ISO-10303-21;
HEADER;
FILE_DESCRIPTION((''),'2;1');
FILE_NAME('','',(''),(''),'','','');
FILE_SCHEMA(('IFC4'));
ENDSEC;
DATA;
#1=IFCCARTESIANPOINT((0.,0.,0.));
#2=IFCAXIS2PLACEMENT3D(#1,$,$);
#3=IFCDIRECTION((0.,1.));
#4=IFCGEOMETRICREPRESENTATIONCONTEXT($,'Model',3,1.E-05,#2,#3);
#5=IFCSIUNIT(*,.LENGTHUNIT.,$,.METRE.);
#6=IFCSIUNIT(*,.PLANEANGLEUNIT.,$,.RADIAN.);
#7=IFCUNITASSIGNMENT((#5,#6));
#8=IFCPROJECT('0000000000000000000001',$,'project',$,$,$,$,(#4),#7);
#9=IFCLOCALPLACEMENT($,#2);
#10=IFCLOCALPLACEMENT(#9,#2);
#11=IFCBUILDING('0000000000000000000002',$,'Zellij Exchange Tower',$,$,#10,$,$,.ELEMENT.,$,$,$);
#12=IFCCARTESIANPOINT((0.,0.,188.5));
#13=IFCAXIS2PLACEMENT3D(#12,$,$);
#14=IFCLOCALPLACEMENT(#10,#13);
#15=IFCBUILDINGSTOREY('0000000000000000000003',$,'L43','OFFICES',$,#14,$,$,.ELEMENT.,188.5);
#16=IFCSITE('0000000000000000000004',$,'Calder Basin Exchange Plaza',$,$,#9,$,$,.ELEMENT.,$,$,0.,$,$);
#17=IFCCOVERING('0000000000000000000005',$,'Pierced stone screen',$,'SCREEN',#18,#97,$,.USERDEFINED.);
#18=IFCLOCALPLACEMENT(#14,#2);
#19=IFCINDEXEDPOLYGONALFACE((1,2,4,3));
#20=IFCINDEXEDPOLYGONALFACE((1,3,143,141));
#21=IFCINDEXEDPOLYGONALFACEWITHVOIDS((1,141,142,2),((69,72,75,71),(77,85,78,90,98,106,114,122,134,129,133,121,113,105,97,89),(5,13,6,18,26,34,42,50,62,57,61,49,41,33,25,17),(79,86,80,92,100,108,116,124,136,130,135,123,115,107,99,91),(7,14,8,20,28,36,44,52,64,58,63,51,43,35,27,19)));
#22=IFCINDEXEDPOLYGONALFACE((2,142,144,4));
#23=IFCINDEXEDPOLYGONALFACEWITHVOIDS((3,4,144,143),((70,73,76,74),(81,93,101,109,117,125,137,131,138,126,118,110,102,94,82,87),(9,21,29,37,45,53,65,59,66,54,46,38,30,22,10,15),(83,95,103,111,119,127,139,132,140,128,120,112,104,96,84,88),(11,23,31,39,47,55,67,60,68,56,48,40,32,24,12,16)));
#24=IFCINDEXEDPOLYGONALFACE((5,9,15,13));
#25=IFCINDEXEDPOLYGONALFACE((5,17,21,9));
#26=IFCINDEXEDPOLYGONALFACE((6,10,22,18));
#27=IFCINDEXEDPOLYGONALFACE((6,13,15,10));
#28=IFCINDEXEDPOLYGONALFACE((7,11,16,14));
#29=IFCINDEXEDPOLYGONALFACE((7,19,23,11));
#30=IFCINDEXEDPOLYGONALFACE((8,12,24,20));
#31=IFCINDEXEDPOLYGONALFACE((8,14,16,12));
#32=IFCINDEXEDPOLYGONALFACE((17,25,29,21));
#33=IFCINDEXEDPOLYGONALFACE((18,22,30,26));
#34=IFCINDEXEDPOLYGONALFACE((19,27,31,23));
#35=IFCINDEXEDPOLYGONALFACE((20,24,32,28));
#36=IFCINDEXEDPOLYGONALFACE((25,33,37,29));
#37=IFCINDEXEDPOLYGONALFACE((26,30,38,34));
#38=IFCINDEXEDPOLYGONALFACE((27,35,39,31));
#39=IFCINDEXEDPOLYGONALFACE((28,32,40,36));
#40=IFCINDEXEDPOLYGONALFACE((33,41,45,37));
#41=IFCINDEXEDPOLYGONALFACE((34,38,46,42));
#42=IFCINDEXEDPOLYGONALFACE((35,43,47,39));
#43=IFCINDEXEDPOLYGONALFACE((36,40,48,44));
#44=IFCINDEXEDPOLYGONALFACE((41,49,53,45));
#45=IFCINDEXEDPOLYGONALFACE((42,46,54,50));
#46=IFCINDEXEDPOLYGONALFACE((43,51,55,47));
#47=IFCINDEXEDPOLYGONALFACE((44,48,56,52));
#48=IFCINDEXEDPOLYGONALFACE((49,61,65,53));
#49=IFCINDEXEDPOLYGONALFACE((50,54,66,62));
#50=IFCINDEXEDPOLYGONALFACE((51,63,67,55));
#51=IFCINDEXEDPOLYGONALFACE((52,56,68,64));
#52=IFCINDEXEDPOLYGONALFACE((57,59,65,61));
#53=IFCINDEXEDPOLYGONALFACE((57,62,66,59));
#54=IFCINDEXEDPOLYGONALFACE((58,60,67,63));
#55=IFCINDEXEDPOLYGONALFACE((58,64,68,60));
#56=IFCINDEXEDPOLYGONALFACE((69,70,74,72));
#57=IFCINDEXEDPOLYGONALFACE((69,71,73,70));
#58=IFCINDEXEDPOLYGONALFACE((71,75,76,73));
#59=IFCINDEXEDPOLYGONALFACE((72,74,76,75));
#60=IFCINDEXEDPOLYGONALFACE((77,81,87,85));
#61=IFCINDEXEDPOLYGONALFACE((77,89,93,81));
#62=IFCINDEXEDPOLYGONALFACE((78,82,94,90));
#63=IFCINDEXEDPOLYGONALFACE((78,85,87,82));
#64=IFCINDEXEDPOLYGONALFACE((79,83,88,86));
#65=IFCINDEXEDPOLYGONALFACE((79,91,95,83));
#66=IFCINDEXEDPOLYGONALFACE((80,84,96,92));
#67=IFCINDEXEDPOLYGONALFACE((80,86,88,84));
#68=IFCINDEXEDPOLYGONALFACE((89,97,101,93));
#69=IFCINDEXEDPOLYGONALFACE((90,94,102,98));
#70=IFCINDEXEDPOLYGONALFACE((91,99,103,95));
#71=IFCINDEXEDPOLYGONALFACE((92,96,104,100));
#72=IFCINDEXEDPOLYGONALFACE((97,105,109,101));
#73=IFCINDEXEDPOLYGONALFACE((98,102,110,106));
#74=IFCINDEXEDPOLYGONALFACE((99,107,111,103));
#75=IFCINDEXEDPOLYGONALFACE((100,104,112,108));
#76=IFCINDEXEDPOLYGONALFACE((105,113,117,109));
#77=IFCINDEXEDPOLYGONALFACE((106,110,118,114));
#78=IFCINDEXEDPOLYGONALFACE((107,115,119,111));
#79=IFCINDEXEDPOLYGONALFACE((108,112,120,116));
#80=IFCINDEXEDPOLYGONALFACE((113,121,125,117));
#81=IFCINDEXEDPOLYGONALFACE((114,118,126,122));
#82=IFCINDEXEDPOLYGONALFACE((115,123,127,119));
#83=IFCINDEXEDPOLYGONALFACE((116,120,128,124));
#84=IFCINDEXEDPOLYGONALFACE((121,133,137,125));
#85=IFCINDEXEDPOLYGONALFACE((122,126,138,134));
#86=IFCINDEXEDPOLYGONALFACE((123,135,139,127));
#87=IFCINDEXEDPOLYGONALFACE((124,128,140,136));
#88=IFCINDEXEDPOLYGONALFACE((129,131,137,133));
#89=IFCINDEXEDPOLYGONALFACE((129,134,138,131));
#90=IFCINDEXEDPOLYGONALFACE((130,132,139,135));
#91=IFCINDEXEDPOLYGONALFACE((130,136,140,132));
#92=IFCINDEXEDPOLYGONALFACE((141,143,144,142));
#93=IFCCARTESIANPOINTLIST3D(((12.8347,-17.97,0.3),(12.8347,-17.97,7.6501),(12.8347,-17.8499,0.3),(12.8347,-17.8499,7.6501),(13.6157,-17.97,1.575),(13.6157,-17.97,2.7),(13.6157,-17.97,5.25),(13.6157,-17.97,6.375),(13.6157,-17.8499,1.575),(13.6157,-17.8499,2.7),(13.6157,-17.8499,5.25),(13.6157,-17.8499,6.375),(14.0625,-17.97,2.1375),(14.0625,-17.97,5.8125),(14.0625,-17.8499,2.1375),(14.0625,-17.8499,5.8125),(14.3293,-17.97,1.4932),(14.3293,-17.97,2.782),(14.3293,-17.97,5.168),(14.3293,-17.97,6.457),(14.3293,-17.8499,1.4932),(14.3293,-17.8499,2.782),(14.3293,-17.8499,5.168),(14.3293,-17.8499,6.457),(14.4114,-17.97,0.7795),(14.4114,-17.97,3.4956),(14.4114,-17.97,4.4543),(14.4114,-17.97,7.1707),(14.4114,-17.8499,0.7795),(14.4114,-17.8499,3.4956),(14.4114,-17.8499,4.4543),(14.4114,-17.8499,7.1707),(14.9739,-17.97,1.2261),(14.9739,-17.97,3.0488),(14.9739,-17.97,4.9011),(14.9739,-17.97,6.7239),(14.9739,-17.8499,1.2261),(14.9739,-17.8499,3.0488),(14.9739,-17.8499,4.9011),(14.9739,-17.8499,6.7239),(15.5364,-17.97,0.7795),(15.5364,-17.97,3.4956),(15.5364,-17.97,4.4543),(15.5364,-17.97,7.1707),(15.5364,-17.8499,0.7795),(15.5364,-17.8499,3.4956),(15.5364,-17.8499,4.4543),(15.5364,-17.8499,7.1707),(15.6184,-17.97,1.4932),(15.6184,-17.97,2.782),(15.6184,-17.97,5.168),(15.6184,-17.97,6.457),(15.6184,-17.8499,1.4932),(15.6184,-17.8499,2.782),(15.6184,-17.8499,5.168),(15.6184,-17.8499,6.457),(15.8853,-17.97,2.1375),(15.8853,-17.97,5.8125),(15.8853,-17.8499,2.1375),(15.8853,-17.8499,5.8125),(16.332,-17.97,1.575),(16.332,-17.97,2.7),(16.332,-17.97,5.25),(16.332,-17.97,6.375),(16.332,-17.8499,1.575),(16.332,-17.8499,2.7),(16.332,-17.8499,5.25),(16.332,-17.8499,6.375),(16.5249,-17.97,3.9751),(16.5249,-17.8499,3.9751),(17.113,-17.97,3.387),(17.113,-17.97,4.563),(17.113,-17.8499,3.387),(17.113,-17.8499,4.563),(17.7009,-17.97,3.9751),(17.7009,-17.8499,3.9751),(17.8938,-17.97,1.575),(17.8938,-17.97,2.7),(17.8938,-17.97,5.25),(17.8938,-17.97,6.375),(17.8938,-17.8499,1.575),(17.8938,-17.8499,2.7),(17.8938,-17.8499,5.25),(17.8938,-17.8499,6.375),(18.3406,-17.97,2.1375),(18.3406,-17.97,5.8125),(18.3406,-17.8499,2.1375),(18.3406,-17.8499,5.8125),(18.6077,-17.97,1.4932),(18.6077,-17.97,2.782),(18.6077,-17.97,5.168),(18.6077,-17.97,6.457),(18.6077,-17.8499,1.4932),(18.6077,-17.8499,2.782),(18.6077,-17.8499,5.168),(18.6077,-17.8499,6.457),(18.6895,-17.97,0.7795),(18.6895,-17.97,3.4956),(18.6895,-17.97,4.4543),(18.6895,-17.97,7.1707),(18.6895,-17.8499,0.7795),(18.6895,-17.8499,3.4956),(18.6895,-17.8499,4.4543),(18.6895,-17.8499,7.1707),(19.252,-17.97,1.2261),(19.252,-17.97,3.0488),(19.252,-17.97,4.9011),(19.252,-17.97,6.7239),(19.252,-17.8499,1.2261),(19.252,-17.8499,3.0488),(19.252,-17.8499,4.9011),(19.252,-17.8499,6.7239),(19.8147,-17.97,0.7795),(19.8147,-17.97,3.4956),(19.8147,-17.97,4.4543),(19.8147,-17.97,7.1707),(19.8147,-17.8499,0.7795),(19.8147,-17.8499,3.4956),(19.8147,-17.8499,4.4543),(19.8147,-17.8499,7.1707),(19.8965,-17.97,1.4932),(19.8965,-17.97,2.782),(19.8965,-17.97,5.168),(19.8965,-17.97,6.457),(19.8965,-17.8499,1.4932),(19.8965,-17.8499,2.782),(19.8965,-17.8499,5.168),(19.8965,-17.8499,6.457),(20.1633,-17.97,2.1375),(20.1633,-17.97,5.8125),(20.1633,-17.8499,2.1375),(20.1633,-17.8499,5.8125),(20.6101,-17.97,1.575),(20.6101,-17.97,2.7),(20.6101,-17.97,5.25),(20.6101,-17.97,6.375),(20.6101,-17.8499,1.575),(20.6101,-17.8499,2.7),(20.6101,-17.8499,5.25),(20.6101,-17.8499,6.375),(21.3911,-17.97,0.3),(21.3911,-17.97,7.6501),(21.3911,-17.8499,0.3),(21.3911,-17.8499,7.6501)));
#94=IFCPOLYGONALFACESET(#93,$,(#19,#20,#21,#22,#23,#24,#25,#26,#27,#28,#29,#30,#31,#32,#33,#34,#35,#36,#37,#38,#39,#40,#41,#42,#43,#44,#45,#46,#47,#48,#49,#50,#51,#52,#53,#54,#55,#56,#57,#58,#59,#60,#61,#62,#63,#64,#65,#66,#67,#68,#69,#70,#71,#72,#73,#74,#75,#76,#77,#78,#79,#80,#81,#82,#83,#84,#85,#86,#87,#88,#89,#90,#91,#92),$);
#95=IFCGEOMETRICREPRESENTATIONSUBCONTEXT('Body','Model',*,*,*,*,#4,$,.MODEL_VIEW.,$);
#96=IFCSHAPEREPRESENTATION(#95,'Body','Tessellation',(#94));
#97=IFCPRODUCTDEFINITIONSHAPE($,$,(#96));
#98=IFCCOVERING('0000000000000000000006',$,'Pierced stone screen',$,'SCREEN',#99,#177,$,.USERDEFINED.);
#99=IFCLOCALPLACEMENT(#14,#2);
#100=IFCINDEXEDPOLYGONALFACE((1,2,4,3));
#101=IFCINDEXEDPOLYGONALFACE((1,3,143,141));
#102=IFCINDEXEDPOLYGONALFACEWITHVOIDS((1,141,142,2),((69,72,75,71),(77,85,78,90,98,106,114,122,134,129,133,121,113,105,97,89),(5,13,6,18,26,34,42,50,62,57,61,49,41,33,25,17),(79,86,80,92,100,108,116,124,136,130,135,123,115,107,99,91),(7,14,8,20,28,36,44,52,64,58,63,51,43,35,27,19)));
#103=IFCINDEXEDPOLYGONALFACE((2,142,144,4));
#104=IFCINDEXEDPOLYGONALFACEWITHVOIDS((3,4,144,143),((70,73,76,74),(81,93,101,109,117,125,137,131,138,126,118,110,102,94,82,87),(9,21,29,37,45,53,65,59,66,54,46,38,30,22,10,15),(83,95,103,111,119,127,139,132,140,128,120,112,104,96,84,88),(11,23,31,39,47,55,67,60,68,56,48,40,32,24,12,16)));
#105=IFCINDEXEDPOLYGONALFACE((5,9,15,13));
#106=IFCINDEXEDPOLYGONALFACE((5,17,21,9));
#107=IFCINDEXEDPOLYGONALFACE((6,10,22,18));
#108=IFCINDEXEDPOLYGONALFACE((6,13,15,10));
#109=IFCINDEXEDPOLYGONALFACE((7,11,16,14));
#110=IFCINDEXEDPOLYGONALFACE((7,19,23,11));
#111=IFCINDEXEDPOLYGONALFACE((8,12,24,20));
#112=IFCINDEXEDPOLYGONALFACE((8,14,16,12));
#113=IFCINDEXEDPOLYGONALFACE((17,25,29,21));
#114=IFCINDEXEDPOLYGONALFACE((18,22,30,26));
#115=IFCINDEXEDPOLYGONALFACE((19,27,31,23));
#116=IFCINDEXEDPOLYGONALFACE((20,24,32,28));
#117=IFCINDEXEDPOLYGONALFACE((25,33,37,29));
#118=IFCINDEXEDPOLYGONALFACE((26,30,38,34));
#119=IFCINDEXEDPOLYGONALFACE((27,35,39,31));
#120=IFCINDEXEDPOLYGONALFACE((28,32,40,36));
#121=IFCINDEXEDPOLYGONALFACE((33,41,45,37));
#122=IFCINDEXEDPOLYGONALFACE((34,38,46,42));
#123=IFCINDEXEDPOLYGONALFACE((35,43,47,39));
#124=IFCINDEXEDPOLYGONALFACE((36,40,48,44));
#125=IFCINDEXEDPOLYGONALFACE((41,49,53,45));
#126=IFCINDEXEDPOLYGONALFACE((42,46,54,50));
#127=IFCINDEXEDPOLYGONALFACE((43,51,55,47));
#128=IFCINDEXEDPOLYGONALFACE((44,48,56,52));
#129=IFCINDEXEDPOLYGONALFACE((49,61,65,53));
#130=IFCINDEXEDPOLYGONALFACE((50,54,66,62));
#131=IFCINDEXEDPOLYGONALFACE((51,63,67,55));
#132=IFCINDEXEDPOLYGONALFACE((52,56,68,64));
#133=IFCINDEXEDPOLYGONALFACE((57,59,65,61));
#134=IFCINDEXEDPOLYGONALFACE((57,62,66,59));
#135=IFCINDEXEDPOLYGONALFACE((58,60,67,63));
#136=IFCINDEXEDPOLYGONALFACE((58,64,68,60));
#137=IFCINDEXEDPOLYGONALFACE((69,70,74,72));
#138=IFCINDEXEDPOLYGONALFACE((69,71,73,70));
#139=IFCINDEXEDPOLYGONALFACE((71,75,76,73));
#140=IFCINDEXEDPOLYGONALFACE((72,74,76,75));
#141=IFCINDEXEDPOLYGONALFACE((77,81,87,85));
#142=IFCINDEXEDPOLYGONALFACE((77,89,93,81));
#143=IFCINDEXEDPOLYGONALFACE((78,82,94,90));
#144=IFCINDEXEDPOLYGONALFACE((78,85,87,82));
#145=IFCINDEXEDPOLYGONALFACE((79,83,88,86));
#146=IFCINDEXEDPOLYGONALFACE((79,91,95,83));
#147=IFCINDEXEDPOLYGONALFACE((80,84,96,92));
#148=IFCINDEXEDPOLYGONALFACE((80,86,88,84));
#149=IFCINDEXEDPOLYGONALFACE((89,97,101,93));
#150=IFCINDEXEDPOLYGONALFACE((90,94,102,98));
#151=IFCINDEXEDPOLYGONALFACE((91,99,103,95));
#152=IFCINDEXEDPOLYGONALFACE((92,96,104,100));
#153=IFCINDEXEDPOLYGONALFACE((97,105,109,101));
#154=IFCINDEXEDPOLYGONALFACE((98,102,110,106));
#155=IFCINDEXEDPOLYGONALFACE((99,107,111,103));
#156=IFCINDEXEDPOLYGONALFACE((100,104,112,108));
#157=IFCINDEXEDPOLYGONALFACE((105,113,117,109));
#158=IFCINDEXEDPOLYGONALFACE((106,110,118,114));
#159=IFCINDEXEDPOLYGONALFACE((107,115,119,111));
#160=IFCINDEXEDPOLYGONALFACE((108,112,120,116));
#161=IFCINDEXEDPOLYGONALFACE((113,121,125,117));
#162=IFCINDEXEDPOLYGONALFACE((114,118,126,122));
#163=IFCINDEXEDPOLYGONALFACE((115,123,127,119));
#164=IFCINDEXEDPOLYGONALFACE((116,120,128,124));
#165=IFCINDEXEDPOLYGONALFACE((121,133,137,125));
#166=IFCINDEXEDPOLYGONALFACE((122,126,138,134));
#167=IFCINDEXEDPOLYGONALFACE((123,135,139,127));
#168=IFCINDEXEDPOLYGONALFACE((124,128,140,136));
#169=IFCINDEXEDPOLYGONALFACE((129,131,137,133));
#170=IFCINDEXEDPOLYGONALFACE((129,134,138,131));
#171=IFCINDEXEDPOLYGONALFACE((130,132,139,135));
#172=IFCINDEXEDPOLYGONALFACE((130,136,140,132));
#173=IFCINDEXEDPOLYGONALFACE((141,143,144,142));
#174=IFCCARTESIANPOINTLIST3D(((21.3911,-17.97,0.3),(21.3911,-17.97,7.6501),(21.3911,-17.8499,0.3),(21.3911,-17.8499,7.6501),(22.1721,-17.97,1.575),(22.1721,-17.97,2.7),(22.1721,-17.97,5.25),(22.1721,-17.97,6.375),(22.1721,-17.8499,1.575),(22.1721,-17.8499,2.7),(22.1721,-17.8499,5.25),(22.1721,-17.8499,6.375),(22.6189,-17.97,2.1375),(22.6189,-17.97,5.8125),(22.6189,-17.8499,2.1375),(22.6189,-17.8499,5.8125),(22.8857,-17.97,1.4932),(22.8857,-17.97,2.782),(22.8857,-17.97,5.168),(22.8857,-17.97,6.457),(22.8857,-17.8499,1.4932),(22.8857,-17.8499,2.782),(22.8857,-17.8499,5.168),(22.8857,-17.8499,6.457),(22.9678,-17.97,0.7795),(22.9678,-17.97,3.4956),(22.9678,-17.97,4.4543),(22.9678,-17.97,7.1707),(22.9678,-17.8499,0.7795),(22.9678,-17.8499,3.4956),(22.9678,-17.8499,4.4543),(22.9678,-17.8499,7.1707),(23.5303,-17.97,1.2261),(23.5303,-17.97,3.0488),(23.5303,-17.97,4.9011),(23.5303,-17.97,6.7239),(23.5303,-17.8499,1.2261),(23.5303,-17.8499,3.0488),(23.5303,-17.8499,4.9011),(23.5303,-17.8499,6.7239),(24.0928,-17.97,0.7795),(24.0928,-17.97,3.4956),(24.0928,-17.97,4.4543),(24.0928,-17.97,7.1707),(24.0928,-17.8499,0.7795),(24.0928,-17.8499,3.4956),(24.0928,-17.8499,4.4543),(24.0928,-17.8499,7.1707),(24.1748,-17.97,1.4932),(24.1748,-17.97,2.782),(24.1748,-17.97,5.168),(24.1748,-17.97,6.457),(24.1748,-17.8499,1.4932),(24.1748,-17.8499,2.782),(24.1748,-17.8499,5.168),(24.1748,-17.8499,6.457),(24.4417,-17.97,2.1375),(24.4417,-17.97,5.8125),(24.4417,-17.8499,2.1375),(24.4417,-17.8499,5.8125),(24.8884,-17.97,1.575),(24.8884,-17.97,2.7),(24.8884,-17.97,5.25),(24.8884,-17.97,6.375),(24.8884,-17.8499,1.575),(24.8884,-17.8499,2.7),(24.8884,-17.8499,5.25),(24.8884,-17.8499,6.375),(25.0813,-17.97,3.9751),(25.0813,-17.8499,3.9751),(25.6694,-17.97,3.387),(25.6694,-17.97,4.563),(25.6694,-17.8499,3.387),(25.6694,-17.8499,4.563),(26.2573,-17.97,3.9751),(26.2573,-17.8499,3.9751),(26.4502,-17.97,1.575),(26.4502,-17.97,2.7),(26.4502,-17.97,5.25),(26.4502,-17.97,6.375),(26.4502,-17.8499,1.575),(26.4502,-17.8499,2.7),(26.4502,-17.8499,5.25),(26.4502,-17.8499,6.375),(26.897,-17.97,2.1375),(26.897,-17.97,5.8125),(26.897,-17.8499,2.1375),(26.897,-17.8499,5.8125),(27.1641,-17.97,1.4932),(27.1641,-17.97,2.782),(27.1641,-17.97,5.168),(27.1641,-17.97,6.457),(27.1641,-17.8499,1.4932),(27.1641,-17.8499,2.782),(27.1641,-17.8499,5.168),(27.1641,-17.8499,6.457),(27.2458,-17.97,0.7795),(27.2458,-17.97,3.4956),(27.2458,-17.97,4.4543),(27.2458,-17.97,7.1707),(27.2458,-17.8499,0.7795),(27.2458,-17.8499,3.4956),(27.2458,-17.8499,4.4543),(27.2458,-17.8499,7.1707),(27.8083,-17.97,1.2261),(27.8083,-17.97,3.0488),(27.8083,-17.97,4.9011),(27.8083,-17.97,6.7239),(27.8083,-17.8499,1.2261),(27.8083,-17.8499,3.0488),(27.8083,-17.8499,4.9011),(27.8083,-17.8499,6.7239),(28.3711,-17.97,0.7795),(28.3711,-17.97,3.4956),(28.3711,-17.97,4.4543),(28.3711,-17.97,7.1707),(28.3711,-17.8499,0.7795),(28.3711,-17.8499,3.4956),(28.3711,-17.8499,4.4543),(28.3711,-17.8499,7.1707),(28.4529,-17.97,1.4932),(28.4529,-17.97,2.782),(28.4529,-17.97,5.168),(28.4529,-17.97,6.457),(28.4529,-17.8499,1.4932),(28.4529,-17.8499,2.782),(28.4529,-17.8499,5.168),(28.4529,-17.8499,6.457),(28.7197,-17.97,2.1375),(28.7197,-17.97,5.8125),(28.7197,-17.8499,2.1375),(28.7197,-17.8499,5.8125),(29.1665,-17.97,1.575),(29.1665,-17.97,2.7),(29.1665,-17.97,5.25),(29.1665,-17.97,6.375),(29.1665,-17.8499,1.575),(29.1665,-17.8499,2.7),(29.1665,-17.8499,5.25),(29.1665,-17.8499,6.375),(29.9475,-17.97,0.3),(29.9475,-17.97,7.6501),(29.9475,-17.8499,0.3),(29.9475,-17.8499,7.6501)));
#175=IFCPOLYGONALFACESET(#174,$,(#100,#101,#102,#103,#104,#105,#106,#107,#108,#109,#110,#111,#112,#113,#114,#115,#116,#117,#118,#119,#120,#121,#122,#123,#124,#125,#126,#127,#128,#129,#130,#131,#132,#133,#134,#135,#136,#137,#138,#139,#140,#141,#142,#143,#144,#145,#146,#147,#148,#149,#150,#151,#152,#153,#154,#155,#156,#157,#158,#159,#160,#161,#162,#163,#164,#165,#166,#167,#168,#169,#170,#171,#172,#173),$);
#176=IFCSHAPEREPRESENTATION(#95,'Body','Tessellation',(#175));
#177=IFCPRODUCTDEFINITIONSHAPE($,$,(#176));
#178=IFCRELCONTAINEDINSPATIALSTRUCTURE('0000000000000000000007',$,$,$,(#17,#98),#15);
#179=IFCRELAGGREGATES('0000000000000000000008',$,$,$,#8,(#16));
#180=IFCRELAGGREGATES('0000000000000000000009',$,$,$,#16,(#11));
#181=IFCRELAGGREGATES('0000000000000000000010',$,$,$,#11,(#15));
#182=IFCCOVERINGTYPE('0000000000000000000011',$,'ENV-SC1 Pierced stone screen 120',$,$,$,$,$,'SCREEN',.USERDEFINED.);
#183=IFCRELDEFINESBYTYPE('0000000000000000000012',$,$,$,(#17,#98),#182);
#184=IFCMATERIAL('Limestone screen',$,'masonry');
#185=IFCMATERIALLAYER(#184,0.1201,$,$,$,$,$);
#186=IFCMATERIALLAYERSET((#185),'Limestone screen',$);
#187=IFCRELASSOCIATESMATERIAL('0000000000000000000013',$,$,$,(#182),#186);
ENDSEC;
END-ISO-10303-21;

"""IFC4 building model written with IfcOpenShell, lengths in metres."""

from ifc_helpers import new_model, si_unit, direction, frame, origin, place, context, subcontext, project, spatial, polyline, outline, extrude, material, layer, layer_set, type_object, element, save


model = new_model("IFC4")

# Units and contexts
model_context = context("Model", 3, precision=1e-05, world=origin(), true_north=direction((0.0, 1.0)))
body_context = subcontext(model_context, "Body", "Model", "MODEL_VIEW")
ifc_project = project(units=[si_unit("LENGTHUNIT", "METRE"), si_unit("PLANEANGLEUNIT", "RADIAN")], contexts=[model_context])

# Site, building, storey
site_placement = place(None, origin())
site = spatial("IfcSite", under=ifc_project, at=site_placement, Name="Calder Basin Exchange Plaza", CompositionType="ELEMENT", RefElevation=0.0)
building_placement = place(site_placement, origin())
building = spatial("IfcBuilding", under=site, at=building_placement, Name="Zellij Exchange Tower", CompositionType="ELEMENT")
storey_placement = place(building_placement, frame((0.0, 0.0, 188.5)))
storey = spatial("IfcBuildingStorey", under=building, at=storey_placement, Name="L43", Description="OFFICES", CompositionType="ELEMENT", Elevation=188.5)

# Coverings
ifc_material_1 = material(Name="Limestone screen", Category="masonry")
ifc_layer_1 = layer(ifc_material_1, 0.1201)
ifc_layer_set_1 = layer_set([ifc_layer_1], Name="Limestone screen")
covering_type = type_object("IfcCoveringType", Name="ENV-SC1 Pierced stone screen 120", ElementType="SCREEN", PredefinedType="USERDEFINED", material=ifc_layer_set_1)
covering_1_placement = place(storey_placement, frame((12.8347, -17.9099, 0.3), z_axis=(0.0, 0.0, 1.0), x_axis=(1.0, 0.0, 0.0)))
element("IfcCovering", 1, at=covering_1_placement, inside=storey, type_object=covering_type, Name="Pierced stone screen", ObjectType="SCREEN", PredefinedType="USERDEFINED", context=body_context, shape_type="SweptSolid", body=[
    extrude(outline(polyline([(0.0, 0.0), (8.5564, 0.0), (8.5564, 7.3501), (0.0, 7.3501), (0.0, 0.0)]), holes=[polyline([(3.4973, 2.3999), (2.7837, 2.4819), (2.7017, 3.1956), (2.1392, 2.7488), (1.5767, 3.1956), (1.4946, 2.4819), (0.781, 2.3999), (1.2278, 1.8374), (0.781, 1.2749), (1.4946, 1.1931), (1.5767, 0.4795), (2.1392, 0.926), (2.7017, 0.4795), (2.7837, 1.1931), (3.4973, 1.2749), (3.0505, 1.8374), (3.4973, 2.3999)]), polyline([(3.4973, 6.075), (2.7837, 6.157), (2.7017, 6.8706), (2.1392, 6.4238), (1.5767, 6.8706), (1.4946, 6.157), (0.781, 6.075), (1.2278, 5.5125), (0.781, 4.95), (1.4946, 4.8679), (1.5767, 4.1543), (2.1392, 4.6011), (2.7017, 4.1543), (2.7837, 4.8679), (3.4973, 4.95), (3.0505, 5.5125), (3.4973, 6.075)]), polyline([(7.7754, 2.3999), (7.0618, 2.4819), (6.98, 3.1956), (6.4172, 2.7488), (5.8547, 3.1956), (5.7729, 2.4819), (5.0591, 2.3999), (5.5059, 1.8374), (5.0591, 1.2749), (5.7729, 1.1931), (5.8547, 0.4795), (6.4172, 0.926), (6.98, 0.4795), (7.0618, 1.1931), (7.7754, 1.2749), (7.3286, 1.8374), (7.7754, 2.3999)]), polyline([(7.7754, 6.075), (7.0618, 6.157), (6.98, 6.8706), (6.4172, 6.4238), (5.8547, 6.8706), (5.7729, 6.157), (5.0591, 6.075), (5.5059, 5.5125), (5.0591, 4.95), (5.7729, 4.8679), (5.8547, 4.1543), (6.4172, 4.6011), (6.98, 4.1543), (7.0618, 4.8679), (7.7754, 4.95), (7.3286, 5.5125), (7.7754, 6.075)]), polyline([(4.8662, 3.675), (4.2783, 4.2629), (3.6902, 3.675), (4.2783, 3.0869), (4.8662, 3.675)])]), frame((0.0, 0.0601, 0.0), z_axis=(0.0, -1.0, 0.0), x_axis=(1.0, 0.0, 0.0)), (0.0, 0.0, 1.0), 0.1201),
])
covering_2_placement = place(storey_placement, frame((21.3911, -17.9099, 0.3), z_axis=(0.0, 0.0, 1.0), x_axis=(1.0, 0.0, 0.0)))
element("IfcCovering", 2, at=covering_2_placement, inside=storey, type_object=covering_type, Name="Pierced stone screen", ObjectType="SCREEN", PredefinedType="USERDEFINED", context=body_context, shape_type="SweptSolid", body=[
    extrude(outline(polyline([(0.0, 0.0), (8.5564, 0.0), (8.5564, 7.3501), (0.0, 7.3501), (0.0, 0.0)]), holes=[polyline([(3.4973, 2.3999), (2.7837, 2.4819), (2.7017, 3.1956), (2.1392, 2.7488), (1.5767, 3.1956), (1.4946, 2.4819), (0.781, 2.3999), (1.2278, 1.8374), (0.781, 1.2749), (1.4946, 1.1931), (1.5767, 0.4795), (2.1392, 0.926), (2.7017, 0.4795), (2.7837, 1.1931), (3.4973, 1.2749), (3.0505, 1.8374), (3.4973, 2.3999)]), polyline([(3.4973, 6.075), (2.7837, 6.157), (2.7017, 6.8706), (2.1392, 6.4238), (1.5767, 6.8706), (1.4946, 6.157), (0.781, 6.075), (1.2278, 5.5125), (0.781, 4.95), (1.4946, 4.8679), (1.5767, 4.1543), (2.1392, 4.6011), (2.7017, 4.1543), (2.7837, 4.8679), (3.4973, 4.95), (3.0505, 5.5125), (3.4973, 6.075)]), polyline([(7.7754, 2.3999), (7.0618, 2.4819), (6.98, 3.1956), (6.4172, 2.7488), (5.8547, 3.1956), (5.7729, 2.4819), (5.0591, 2.3999), (5.5059, 1.8374), (5.0591, 1.2749), (5.7729, 1.1931), (5.8547, 0.4795), (6.4172, 0.926), (6.98, 0.4795), (7.0618, 1.1931), (7.7754, 1.2749), (7.3286, 1.8374), (7.7754, 2.3999)]), polyline([(7.7754, 6.075), (7.0618, 6.157), (6.98, 6.8706), (6.4172, 6.4238), (5.8547, 6.8706), (5.7729, 6.157), (5.0591, 6.075), (5.5059, 5.5125), (5.0591, 4.95), (5.7729, 4.8679), (5.8547, 4.1543), (6.4172, 4.6011), (6.98, 4.1543), (7.0618, 4.8679), (7.7754, 4.95), (7.3286, 5.5125), (7.7754, 6.075)]), polyline([(4.8662, 3.675), (4.2783, 4.2629), (3.6902, 3.675), (4.2783, 3.0869), (4.8662, 3.675)])]), frame((0.0, 0.0601, 0.0), z_axis=(0.0, -1.0, 0.0), x_axis=(1.0, 0.0, 0.0)), (0.0, 0.0, 1.0), 0.1201),
])

save(model, "model.ifc")
